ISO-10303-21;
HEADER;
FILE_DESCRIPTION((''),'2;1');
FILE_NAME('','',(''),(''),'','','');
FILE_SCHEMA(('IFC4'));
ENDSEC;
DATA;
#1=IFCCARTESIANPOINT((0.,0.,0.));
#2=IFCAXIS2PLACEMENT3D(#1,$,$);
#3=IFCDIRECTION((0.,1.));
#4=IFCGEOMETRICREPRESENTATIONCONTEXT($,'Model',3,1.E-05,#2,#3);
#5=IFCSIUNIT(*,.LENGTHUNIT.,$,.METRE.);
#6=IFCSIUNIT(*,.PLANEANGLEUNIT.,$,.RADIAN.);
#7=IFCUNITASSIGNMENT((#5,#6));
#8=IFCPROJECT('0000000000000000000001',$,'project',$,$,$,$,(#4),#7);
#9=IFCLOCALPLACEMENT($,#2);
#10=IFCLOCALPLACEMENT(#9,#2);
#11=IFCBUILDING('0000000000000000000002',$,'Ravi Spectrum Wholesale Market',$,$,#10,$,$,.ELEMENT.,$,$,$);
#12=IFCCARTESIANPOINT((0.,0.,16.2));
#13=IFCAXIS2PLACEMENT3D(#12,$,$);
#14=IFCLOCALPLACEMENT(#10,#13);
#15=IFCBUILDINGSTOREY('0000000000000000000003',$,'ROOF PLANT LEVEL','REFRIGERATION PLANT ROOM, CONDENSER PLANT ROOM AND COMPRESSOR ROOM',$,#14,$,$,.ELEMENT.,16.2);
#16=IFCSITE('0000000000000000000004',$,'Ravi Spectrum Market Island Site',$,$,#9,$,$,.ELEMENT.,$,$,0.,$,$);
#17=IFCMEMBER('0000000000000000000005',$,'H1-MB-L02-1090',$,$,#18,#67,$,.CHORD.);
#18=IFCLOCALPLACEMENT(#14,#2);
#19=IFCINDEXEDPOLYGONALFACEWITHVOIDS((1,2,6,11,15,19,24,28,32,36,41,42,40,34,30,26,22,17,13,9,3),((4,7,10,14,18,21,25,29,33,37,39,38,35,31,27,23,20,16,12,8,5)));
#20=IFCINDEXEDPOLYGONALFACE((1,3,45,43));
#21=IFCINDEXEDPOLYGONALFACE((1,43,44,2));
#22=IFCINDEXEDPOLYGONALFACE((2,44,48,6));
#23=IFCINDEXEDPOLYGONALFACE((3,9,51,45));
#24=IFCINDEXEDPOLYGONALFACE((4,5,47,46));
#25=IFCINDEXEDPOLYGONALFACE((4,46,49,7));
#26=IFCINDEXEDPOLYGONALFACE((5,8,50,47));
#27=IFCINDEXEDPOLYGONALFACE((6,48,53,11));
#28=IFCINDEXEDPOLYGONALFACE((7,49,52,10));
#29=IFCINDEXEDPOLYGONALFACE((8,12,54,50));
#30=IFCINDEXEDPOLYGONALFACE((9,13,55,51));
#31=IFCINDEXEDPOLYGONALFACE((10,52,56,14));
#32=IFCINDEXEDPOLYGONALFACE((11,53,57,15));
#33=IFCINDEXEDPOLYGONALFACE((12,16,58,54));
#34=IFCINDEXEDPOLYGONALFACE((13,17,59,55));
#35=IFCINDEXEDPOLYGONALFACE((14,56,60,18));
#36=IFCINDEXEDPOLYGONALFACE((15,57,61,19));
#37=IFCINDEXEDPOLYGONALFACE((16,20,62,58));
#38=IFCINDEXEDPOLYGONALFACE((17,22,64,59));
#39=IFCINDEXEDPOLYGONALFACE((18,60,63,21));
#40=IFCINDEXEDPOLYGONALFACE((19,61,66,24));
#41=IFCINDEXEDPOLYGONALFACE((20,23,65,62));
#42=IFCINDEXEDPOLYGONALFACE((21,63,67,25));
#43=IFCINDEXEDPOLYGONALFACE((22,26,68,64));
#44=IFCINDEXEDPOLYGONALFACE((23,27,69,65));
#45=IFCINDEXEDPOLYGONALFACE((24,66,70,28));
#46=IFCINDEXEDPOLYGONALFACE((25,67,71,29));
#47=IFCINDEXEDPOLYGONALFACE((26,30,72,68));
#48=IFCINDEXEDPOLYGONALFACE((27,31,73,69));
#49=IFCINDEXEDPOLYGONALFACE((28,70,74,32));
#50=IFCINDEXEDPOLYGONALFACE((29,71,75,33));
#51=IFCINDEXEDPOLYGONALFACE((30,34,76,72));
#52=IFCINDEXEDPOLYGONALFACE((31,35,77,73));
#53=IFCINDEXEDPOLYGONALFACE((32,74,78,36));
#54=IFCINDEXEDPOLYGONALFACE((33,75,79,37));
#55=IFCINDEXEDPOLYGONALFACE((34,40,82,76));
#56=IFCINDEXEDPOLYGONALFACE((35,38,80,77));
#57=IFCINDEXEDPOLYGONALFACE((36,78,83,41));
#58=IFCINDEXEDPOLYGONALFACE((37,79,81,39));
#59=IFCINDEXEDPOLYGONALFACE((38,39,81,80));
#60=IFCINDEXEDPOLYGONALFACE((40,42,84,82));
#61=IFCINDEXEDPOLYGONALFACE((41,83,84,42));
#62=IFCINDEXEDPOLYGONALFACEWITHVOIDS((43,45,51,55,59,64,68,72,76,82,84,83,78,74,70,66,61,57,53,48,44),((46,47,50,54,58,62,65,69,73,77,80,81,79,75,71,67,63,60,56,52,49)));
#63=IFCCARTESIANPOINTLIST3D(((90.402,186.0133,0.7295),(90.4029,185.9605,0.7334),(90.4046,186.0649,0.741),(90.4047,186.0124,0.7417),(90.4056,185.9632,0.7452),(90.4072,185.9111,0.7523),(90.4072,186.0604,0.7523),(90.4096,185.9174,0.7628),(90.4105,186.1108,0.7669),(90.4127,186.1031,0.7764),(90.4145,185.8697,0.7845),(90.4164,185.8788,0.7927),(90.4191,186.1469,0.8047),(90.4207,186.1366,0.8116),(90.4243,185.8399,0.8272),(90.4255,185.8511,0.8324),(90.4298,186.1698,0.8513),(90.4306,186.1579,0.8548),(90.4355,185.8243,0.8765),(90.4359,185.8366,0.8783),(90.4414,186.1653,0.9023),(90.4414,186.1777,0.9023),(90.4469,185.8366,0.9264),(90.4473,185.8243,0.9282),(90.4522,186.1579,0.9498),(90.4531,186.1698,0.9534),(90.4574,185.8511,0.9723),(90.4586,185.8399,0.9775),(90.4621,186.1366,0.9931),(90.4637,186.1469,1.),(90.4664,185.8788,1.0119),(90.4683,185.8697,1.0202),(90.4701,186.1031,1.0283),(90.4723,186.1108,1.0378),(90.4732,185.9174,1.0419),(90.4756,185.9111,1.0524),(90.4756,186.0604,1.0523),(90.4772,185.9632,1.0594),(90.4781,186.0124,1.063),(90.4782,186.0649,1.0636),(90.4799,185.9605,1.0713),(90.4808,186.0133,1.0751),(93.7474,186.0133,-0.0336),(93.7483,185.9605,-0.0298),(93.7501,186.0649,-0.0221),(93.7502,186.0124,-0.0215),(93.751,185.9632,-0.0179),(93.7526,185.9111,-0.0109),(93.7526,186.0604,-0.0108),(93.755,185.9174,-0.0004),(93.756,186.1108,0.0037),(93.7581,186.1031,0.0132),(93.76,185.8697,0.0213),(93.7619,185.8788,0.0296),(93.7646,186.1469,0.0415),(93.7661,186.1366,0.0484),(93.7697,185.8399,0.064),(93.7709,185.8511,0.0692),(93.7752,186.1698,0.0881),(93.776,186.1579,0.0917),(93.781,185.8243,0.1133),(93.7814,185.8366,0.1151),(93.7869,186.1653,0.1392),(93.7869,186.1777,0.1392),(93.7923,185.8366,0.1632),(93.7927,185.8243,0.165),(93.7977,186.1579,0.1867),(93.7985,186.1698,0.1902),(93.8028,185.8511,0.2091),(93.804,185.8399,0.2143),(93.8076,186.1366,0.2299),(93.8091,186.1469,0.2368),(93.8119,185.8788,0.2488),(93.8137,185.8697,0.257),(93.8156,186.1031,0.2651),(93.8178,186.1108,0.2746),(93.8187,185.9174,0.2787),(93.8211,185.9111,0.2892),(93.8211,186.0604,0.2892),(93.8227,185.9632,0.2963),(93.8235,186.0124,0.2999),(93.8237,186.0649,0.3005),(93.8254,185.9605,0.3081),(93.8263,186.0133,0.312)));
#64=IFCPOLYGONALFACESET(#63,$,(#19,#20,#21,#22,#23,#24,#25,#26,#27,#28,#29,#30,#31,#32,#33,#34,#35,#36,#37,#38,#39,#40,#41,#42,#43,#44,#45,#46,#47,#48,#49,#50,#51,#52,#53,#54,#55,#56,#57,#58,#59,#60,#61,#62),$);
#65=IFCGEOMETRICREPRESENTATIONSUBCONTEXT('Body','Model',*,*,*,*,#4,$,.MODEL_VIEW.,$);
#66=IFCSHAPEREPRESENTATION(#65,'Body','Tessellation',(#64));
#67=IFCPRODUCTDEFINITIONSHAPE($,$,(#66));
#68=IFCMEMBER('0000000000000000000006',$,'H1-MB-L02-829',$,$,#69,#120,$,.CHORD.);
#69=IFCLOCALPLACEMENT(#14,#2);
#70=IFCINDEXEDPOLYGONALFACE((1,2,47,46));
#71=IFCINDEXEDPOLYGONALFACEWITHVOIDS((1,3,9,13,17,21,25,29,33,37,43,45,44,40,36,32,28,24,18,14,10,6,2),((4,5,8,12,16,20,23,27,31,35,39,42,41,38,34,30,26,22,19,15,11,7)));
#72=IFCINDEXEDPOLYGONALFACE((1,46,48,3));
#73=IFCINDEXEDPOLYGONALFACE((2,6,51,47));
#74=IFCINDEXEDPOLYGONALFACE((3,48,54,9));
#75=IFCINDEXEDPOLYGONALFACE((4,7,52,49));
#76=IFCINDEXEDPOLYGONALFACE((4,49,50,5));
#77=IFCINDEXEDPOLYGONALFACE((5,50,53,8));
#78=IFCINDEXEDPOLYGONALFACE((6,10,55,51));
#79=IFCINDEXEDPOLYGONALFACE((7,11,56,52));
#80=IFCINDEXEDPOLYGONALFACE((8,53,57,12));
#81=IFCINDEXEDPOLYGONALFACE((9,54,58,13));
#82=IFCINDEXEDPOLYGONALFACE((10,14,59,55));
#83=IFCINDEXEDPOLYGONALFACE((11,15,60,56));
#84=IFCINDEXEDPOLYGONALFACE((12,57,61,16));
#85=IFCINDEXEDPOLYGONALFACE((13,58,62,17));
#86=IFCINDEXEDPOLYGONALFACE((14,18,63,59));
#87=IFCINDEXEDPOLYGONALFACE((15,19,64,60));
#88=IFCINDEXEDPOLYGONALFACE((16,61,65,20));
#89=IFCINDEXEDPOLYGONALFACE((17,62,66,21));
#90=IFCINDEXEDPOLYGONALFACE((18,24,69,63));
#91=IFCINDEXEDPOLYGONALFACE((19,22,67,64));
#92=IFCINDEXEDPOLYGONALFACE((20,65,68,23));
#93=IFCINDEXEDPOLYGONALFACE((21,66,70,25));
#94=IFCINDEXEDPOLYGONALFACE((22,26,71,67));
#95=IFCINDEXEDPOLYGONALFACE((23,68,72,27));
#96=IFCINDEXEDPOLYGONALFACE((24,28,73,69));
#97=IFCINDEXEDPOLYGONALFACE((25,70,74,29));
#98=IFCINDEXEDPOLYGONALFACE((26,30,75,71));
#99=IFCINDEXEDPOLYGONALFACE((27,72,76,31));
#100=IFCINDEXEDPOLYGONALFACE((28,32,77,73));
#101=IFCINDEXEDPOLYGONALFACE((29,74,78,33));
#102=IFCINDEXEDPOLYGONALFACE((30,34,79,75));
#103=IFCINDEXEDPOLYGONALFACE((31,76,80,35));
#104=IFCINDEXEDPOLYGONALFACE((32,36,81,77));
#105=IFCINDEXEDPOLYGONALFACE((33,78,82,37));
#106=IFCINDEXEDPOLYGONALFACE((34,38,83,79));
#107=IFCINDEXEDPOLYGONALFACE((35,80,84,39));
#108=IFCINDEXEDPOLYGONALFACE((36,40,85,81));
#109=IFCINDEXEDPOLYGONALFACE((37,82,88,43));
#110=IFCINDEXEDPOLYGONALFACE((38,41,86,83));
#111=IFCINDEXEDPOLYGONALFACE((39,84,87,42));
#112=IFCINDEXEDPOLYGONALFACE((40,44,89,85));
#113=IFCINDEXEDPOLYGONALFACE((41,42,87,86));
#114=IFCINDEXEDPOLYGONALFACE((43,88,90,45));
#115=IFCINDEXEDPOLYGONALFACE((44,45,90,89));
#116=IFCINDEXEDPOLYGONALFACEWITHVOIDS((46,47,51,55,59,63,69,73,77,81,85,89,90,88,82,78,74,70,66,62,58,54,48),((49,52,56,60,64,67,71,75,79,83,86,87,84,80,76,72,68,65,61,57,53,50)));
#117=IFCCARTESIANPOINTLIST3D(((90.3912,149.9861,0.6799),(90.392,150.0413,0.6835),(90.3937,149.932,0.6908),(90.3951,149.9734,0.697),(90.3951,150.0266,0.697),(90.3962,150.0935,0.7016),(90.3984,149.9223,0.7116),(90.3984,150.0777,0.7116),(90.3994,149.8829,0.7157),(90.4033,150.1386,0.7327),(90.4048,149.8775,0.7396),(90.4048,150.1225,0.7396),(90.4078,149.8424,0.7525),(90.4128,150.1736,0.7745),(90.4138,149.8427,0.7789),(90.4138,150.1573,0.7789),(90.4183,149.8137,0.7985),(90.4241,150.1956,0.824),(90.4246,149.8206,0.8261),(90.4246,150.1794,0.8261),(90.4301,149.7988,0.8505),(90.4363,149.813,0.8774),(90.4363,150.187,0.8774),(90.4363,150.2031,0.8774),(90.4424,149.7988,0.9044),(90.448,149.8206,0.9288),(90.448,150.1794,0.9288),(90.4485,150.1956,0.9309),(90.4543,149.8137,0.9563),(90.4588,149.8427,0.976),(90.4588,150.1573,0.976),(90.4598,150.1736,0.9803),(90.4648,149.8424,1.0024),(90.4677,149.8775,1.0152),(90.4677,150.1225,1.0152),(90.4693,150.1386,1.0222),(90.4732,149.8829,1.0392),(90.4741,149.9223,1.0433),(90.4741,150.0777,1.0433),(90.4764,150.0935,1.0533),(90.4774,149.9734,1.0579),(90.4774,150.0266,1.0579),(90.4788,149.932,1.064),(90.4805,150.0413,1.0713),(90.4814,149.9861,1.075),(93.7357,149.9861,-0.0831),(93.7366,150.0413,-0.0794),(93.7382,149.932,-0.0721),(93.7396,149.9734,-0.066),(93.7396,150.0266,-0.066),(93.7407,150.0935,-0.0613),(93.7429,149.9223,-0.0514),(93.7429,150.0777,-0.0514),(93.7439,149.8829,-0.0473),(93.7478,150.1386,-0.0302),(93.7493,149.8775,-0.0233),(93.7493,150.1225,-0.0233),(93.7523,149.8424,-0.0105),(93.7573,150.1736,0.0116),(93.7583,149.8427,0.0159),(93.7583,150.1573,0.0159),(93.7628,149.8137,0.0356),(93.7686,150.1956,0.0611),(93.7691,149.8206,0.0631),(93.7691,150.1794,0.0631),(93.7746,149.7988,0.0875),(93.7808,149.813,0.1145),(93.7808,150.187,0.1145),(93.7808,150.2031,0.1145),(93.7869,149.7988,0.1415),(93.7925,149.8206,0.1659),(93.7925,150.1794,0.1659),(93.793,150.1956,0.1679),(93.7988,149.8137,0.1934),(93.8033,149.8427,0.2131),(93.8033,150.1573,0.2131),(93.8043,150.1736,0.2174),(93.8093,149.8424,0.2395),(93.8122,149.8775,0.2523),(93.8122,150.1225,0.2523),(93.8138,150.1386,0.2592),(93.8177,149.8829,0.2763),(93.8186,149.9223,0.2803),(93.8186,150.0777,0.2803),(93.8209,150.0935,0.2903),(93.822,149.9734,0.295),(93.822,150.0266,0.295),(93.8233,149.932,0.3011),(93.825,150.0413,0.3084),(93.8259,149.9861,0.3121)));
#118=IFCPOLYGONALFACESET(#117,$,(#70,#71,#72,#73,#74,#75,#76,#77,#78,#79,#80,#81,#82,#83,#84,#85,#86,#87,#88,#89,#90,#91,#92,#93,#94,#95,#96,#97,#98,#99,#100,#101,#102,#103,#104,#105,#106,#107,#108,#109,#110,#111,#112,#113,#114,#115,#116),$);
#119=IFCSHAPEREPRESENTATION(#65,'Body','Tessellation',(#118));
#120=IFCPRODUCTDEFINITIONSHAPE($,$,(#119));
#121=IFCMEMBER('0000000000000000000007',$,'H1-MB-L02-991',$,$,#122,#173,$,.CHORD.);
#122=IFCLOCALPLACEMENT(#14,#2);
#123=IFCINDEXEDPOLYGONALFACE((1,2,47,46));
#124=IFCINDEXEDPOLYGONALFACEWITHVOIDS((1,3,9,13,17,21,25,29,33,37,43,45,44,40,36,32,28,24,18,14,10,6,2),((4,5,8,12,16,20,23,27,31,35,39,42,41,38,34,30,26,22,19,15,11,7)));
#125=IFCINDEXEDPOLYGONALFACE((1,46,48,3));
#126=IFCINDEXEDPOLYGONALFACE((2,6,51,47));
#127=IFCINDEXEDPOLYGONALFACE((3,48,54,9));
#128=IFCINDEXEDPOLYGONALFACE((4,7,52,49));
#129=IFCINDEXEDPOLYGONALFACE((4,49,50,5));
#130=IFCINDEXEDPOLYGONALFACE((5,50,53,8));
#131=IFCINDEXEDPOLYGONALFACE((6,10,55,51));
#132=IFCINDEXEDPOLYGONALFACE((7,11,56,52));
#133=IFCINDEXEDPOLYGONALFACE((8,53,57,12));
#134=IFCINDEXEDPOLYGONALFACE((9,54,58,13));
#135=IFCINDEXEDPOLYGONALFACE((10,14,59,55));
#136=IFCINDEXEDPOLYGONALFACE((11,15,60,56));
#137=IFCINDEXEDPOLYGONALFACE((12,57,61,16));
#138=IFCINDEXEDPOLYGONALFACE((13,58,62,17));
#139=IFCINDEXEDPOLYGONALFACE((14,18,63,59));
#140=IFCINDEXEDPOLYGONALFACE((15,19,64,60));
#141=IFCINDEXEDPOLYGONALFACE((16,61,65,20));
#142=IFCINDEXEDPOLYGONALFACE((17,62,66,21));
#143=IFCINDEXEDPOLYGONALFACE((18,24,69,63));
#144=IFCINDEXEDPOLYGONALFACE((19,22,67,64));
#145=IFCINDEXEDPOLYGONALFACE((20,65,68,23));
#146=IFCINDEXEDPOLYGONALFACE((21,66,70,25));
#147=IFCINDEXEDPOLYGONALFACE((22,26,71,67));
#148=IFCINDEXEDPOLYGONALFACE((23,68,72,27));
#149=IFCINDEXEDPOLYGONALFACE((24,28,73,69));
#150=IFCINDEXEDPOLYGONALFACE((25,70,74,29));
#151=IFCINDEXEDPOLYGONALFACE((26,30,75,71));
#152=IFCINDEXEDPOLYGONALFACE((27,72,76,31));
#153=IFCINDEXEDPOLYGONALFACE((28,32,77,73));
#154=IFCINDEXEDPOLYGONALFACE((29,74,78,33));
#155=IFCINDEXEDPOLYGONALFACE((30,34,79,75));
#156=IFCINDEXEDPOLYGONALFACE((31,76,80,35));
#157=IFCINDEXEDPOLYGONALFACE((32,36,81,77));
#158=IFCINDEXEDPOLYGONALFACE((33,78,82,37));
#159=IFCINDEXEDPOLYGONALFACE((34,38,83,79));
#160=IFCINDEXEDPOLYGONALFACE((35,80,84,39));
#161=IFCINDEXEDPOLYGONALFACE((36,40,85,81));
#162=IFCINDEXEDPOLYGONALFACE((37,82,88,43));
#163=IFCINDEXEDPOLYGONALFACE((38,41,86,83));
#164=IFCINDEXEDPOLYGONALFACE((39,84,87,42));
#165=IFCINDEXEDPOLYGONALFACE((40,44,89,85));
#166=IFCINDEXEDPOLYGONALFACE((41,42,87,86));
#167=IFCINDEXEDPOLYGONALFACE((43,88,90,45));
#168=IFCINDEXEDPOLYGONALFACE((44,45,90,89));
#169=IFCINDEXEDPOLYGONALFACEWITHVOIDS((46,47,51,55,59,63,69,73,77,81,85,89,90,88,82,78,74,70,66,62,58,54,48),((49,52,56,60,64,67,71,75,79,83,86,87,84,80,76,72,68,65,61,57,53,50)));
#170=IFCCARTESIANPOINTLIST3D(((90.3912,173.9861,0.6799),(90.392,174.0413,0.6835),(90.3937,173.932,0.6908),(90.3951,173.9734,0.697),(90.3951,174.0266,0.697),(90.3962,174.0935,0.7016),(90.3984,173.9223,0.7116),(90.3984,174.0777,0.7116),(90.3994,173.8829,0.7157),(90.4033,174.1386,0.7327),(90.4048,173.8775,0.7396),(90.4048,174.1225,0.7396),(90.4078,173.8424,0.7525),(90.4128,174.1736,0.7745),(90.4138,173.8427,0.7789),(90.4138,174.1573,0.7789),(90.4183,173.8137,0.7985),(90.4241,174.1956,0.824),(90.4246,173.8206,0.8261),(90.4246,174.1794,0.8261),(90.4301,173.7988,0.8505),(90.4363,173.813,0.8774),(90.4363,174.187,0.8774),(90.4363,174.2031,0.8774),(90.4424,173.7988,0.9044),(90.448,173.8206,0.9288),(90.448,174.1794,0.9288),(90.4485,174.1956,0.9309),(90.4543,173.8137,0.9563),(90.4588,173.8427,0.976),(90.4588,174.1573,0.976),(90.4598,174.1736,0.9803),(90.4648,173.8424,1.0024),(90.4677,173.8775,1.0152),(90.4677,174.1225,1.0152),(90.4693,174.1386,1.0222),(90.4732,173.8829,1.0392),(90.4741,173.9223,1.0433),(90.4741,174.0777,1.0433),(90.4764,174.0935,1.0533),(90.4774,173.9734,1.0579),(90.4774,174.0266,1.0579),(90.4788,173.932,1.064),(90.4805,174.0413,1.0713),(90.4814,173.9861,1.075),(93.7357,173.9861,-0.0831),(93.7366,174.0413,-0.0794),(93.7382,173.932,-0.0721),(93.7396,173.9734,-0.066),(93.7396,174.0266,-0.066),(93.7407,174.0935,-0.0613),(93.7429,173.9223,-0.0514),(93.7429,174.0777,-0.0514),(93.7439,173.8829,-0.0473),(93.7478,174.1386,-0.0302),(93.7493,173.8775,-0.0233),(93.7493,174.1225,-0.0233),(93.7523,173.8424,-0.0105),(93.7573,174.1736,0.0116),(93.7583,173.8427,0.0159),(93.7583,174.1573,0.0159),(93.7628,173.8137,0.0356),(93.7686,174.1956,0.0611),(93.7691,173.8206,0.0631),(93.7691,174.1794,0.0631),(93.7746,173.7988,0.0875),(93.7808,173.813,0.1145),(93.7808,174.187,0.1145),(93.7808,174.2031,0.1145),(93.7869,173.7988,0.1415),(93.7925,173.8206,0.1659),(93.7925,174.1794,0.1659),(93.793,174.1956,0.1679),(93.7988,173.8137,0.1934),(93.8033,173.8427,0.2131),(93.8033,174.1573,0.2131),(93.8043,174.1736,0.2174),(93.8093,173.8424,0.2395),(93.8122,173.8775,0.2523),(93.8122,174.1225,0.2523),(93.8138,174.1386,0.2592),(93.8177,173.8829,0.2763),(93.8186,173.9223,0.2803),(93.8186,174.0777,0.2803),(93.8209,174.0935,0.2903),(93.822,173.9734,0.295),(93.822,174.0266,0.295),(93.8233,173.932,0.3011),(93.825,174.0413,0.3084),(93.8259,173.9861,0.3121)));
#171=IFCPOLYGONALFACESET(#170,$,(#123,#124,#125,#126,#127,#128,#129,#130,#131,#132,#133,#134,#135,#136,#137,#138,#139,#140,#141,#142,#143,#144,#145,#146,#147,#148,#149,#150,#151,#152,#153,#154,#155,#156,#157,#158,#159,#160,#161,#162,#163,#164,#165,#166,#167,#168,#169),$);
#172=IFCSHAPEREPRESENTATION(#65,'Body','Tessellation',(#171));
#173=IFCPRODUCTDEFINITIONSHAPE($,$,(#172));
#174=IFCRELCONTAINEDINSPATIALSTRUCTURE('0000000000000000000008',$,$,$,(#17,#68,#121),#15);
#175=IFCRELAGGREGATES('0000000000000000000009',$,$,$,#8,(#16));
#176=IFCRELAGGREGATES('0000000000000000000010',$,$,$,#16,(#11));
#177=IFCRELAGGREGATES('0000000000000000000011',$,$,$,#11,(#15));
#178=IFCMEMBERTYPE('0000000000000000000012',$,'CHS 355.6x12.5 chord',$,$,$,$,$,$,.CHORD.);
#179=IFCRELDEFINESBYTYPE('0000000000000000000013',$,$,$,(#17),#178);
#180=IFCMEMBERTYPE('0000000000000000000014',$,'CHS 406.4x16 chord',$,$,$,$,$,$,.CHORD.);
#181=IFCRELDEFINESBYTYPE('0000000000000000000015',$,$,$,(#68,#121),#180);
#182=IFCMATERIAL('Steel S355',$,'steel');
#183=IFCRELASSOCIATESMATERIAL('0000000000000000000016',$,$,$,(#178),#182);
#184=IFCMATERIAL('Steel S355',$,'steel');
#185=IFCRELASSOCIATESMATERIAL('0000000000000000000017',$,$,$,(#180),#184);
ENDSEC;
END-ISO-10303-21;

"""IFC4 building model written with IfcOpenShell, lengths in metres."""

from ifc_helpers import new_model, si_unit, direction, frame, origin, origin_2d, place, context, subcontext, project, spatial, hollow_circle, extrude, material, material_profile, profile_set, type_object, element, save


model = new_model("IFC4")

# Units and contexts
model_context = context("Model", 3, precision=1e-05, world=origin(), true_north=direction((0.0, 1.0)))
body_context = subcontext(model_context, "Body", "Model", "MODEL_VIEW")
ifc_project = project(units=[si_unit("LENGTHUNIT", "METRE"), si_unit("PLANEANGLEUNIT", "RADIAN")], contexts=[model_context])

# Site, building, storey
site_placement = place(None, origin())
site = spatial("IfcSite", under=ifc_project, at=site_placement, Name="Ravi Spectrum Market Island Site", CompositionType="ELEMENT", RefElevation=0.0)
building_placement = place(site_placement, origin())
building = spatial("IfcBuilding", under=site, at=building_placement, Name="Ravi Spectrum Wholesale Market", CompositionType="ELEMENT")
storey_placement = place(building_placement, frame((0.0, 0.0, 16.2)))
storey = spatial("IfcBuildingStorey", under=building, at=storey_placement, Name="ROOF PLANT LEVEL", Description="REFRIGERATION PLANT ROOM, CONDENSER PLANT ROOM AND COMPRESSOR ROOM", CompositionType="ELEMENT", Elevation=16.2)

# Members
ifc_material_1 = material(Name="Steel S355", Category="steel")
ifc_material_profile_1 = material_profile(ifc_material_1, hollow_circle(Radius=0.1777, WallThickness=0.0125, at=origin_2d()))
ifc_profile_set_1 = profile_set([ifc_material_profile_1], Name="Steel S355")
member_type_1 = type_object("IfcMemberType", Name="CHS 355.6x12.5 chord", PredefinedType="CHORD", material=ifc_profile_set_1)
for number, where, z_axis, x_axis, name in (
    (1, (90.4414, 186.0, 0.9023), (0.974953, 0.0, -0.222411), (0.0, 1.0, 0.0), "H1-MB-L02-1090"),
):
    element("IfcMember", number, at=place(storey_placement, frame(where, z_axis=z_axis, x_axis=x_axis)), inside=storey, type_object=member_type_1, Name=name, PredefinedType="CHORD", context=body_context, shape_type="SweptSolid", body=[
        extrude(hollow_circle(Radius=0.1777, WallThickness=0.0125, at=origin_2d()), origin(), (0.0, 0.0, 1.0), 3.4314),
    ])
ifc_material_2 = material(Name="Steel S355", Category="steel")
ifc_material_profile_2 = material_profile(ifc_material_2, hollow_circle(Radius=0.2031, WallThickness=0.0161, at=origin_2d()))
ifc_profile_set_2 = profile_set([ifc_material_profile_2], Name="Steel S355")
member_type_2 = type_object("IfcMemberType", Name="CHS 406.4x16 chord", PredefinedType="CHORD", material=ifc_profile_set_2)
for number, where, z_axis, x_axis, name in (
    (2, (90.4363, 150.0, 0.8774), (0.974954, 0.0, -0.222405), (0.0, 1.0, 0.0), "H1-MB-L02-829"),
    (3, (90.4363, 174.0, 0.8774), (0.974954, 0.0, -0.222405), (0.0, 1.0, 0.0), "H1-MB-L02-991"),
):
    element("IfcMember", number, at=place(storey_placement, frame(where, z_axis=z_axis, x_axis=x_axis)), inside=storey, type_object=member_type_2, Name=name, PredefinedType="CHORD", context=body_context, shape_type="SweptSolid", body=[
        extrude(hollow_circle(Radius=0.2031, WallThickness=0.0161, at=origin_2d()), origin(), (0.0, 0.0, 1.0), 3.4304),
    ])

save(model, "model.ifc")
